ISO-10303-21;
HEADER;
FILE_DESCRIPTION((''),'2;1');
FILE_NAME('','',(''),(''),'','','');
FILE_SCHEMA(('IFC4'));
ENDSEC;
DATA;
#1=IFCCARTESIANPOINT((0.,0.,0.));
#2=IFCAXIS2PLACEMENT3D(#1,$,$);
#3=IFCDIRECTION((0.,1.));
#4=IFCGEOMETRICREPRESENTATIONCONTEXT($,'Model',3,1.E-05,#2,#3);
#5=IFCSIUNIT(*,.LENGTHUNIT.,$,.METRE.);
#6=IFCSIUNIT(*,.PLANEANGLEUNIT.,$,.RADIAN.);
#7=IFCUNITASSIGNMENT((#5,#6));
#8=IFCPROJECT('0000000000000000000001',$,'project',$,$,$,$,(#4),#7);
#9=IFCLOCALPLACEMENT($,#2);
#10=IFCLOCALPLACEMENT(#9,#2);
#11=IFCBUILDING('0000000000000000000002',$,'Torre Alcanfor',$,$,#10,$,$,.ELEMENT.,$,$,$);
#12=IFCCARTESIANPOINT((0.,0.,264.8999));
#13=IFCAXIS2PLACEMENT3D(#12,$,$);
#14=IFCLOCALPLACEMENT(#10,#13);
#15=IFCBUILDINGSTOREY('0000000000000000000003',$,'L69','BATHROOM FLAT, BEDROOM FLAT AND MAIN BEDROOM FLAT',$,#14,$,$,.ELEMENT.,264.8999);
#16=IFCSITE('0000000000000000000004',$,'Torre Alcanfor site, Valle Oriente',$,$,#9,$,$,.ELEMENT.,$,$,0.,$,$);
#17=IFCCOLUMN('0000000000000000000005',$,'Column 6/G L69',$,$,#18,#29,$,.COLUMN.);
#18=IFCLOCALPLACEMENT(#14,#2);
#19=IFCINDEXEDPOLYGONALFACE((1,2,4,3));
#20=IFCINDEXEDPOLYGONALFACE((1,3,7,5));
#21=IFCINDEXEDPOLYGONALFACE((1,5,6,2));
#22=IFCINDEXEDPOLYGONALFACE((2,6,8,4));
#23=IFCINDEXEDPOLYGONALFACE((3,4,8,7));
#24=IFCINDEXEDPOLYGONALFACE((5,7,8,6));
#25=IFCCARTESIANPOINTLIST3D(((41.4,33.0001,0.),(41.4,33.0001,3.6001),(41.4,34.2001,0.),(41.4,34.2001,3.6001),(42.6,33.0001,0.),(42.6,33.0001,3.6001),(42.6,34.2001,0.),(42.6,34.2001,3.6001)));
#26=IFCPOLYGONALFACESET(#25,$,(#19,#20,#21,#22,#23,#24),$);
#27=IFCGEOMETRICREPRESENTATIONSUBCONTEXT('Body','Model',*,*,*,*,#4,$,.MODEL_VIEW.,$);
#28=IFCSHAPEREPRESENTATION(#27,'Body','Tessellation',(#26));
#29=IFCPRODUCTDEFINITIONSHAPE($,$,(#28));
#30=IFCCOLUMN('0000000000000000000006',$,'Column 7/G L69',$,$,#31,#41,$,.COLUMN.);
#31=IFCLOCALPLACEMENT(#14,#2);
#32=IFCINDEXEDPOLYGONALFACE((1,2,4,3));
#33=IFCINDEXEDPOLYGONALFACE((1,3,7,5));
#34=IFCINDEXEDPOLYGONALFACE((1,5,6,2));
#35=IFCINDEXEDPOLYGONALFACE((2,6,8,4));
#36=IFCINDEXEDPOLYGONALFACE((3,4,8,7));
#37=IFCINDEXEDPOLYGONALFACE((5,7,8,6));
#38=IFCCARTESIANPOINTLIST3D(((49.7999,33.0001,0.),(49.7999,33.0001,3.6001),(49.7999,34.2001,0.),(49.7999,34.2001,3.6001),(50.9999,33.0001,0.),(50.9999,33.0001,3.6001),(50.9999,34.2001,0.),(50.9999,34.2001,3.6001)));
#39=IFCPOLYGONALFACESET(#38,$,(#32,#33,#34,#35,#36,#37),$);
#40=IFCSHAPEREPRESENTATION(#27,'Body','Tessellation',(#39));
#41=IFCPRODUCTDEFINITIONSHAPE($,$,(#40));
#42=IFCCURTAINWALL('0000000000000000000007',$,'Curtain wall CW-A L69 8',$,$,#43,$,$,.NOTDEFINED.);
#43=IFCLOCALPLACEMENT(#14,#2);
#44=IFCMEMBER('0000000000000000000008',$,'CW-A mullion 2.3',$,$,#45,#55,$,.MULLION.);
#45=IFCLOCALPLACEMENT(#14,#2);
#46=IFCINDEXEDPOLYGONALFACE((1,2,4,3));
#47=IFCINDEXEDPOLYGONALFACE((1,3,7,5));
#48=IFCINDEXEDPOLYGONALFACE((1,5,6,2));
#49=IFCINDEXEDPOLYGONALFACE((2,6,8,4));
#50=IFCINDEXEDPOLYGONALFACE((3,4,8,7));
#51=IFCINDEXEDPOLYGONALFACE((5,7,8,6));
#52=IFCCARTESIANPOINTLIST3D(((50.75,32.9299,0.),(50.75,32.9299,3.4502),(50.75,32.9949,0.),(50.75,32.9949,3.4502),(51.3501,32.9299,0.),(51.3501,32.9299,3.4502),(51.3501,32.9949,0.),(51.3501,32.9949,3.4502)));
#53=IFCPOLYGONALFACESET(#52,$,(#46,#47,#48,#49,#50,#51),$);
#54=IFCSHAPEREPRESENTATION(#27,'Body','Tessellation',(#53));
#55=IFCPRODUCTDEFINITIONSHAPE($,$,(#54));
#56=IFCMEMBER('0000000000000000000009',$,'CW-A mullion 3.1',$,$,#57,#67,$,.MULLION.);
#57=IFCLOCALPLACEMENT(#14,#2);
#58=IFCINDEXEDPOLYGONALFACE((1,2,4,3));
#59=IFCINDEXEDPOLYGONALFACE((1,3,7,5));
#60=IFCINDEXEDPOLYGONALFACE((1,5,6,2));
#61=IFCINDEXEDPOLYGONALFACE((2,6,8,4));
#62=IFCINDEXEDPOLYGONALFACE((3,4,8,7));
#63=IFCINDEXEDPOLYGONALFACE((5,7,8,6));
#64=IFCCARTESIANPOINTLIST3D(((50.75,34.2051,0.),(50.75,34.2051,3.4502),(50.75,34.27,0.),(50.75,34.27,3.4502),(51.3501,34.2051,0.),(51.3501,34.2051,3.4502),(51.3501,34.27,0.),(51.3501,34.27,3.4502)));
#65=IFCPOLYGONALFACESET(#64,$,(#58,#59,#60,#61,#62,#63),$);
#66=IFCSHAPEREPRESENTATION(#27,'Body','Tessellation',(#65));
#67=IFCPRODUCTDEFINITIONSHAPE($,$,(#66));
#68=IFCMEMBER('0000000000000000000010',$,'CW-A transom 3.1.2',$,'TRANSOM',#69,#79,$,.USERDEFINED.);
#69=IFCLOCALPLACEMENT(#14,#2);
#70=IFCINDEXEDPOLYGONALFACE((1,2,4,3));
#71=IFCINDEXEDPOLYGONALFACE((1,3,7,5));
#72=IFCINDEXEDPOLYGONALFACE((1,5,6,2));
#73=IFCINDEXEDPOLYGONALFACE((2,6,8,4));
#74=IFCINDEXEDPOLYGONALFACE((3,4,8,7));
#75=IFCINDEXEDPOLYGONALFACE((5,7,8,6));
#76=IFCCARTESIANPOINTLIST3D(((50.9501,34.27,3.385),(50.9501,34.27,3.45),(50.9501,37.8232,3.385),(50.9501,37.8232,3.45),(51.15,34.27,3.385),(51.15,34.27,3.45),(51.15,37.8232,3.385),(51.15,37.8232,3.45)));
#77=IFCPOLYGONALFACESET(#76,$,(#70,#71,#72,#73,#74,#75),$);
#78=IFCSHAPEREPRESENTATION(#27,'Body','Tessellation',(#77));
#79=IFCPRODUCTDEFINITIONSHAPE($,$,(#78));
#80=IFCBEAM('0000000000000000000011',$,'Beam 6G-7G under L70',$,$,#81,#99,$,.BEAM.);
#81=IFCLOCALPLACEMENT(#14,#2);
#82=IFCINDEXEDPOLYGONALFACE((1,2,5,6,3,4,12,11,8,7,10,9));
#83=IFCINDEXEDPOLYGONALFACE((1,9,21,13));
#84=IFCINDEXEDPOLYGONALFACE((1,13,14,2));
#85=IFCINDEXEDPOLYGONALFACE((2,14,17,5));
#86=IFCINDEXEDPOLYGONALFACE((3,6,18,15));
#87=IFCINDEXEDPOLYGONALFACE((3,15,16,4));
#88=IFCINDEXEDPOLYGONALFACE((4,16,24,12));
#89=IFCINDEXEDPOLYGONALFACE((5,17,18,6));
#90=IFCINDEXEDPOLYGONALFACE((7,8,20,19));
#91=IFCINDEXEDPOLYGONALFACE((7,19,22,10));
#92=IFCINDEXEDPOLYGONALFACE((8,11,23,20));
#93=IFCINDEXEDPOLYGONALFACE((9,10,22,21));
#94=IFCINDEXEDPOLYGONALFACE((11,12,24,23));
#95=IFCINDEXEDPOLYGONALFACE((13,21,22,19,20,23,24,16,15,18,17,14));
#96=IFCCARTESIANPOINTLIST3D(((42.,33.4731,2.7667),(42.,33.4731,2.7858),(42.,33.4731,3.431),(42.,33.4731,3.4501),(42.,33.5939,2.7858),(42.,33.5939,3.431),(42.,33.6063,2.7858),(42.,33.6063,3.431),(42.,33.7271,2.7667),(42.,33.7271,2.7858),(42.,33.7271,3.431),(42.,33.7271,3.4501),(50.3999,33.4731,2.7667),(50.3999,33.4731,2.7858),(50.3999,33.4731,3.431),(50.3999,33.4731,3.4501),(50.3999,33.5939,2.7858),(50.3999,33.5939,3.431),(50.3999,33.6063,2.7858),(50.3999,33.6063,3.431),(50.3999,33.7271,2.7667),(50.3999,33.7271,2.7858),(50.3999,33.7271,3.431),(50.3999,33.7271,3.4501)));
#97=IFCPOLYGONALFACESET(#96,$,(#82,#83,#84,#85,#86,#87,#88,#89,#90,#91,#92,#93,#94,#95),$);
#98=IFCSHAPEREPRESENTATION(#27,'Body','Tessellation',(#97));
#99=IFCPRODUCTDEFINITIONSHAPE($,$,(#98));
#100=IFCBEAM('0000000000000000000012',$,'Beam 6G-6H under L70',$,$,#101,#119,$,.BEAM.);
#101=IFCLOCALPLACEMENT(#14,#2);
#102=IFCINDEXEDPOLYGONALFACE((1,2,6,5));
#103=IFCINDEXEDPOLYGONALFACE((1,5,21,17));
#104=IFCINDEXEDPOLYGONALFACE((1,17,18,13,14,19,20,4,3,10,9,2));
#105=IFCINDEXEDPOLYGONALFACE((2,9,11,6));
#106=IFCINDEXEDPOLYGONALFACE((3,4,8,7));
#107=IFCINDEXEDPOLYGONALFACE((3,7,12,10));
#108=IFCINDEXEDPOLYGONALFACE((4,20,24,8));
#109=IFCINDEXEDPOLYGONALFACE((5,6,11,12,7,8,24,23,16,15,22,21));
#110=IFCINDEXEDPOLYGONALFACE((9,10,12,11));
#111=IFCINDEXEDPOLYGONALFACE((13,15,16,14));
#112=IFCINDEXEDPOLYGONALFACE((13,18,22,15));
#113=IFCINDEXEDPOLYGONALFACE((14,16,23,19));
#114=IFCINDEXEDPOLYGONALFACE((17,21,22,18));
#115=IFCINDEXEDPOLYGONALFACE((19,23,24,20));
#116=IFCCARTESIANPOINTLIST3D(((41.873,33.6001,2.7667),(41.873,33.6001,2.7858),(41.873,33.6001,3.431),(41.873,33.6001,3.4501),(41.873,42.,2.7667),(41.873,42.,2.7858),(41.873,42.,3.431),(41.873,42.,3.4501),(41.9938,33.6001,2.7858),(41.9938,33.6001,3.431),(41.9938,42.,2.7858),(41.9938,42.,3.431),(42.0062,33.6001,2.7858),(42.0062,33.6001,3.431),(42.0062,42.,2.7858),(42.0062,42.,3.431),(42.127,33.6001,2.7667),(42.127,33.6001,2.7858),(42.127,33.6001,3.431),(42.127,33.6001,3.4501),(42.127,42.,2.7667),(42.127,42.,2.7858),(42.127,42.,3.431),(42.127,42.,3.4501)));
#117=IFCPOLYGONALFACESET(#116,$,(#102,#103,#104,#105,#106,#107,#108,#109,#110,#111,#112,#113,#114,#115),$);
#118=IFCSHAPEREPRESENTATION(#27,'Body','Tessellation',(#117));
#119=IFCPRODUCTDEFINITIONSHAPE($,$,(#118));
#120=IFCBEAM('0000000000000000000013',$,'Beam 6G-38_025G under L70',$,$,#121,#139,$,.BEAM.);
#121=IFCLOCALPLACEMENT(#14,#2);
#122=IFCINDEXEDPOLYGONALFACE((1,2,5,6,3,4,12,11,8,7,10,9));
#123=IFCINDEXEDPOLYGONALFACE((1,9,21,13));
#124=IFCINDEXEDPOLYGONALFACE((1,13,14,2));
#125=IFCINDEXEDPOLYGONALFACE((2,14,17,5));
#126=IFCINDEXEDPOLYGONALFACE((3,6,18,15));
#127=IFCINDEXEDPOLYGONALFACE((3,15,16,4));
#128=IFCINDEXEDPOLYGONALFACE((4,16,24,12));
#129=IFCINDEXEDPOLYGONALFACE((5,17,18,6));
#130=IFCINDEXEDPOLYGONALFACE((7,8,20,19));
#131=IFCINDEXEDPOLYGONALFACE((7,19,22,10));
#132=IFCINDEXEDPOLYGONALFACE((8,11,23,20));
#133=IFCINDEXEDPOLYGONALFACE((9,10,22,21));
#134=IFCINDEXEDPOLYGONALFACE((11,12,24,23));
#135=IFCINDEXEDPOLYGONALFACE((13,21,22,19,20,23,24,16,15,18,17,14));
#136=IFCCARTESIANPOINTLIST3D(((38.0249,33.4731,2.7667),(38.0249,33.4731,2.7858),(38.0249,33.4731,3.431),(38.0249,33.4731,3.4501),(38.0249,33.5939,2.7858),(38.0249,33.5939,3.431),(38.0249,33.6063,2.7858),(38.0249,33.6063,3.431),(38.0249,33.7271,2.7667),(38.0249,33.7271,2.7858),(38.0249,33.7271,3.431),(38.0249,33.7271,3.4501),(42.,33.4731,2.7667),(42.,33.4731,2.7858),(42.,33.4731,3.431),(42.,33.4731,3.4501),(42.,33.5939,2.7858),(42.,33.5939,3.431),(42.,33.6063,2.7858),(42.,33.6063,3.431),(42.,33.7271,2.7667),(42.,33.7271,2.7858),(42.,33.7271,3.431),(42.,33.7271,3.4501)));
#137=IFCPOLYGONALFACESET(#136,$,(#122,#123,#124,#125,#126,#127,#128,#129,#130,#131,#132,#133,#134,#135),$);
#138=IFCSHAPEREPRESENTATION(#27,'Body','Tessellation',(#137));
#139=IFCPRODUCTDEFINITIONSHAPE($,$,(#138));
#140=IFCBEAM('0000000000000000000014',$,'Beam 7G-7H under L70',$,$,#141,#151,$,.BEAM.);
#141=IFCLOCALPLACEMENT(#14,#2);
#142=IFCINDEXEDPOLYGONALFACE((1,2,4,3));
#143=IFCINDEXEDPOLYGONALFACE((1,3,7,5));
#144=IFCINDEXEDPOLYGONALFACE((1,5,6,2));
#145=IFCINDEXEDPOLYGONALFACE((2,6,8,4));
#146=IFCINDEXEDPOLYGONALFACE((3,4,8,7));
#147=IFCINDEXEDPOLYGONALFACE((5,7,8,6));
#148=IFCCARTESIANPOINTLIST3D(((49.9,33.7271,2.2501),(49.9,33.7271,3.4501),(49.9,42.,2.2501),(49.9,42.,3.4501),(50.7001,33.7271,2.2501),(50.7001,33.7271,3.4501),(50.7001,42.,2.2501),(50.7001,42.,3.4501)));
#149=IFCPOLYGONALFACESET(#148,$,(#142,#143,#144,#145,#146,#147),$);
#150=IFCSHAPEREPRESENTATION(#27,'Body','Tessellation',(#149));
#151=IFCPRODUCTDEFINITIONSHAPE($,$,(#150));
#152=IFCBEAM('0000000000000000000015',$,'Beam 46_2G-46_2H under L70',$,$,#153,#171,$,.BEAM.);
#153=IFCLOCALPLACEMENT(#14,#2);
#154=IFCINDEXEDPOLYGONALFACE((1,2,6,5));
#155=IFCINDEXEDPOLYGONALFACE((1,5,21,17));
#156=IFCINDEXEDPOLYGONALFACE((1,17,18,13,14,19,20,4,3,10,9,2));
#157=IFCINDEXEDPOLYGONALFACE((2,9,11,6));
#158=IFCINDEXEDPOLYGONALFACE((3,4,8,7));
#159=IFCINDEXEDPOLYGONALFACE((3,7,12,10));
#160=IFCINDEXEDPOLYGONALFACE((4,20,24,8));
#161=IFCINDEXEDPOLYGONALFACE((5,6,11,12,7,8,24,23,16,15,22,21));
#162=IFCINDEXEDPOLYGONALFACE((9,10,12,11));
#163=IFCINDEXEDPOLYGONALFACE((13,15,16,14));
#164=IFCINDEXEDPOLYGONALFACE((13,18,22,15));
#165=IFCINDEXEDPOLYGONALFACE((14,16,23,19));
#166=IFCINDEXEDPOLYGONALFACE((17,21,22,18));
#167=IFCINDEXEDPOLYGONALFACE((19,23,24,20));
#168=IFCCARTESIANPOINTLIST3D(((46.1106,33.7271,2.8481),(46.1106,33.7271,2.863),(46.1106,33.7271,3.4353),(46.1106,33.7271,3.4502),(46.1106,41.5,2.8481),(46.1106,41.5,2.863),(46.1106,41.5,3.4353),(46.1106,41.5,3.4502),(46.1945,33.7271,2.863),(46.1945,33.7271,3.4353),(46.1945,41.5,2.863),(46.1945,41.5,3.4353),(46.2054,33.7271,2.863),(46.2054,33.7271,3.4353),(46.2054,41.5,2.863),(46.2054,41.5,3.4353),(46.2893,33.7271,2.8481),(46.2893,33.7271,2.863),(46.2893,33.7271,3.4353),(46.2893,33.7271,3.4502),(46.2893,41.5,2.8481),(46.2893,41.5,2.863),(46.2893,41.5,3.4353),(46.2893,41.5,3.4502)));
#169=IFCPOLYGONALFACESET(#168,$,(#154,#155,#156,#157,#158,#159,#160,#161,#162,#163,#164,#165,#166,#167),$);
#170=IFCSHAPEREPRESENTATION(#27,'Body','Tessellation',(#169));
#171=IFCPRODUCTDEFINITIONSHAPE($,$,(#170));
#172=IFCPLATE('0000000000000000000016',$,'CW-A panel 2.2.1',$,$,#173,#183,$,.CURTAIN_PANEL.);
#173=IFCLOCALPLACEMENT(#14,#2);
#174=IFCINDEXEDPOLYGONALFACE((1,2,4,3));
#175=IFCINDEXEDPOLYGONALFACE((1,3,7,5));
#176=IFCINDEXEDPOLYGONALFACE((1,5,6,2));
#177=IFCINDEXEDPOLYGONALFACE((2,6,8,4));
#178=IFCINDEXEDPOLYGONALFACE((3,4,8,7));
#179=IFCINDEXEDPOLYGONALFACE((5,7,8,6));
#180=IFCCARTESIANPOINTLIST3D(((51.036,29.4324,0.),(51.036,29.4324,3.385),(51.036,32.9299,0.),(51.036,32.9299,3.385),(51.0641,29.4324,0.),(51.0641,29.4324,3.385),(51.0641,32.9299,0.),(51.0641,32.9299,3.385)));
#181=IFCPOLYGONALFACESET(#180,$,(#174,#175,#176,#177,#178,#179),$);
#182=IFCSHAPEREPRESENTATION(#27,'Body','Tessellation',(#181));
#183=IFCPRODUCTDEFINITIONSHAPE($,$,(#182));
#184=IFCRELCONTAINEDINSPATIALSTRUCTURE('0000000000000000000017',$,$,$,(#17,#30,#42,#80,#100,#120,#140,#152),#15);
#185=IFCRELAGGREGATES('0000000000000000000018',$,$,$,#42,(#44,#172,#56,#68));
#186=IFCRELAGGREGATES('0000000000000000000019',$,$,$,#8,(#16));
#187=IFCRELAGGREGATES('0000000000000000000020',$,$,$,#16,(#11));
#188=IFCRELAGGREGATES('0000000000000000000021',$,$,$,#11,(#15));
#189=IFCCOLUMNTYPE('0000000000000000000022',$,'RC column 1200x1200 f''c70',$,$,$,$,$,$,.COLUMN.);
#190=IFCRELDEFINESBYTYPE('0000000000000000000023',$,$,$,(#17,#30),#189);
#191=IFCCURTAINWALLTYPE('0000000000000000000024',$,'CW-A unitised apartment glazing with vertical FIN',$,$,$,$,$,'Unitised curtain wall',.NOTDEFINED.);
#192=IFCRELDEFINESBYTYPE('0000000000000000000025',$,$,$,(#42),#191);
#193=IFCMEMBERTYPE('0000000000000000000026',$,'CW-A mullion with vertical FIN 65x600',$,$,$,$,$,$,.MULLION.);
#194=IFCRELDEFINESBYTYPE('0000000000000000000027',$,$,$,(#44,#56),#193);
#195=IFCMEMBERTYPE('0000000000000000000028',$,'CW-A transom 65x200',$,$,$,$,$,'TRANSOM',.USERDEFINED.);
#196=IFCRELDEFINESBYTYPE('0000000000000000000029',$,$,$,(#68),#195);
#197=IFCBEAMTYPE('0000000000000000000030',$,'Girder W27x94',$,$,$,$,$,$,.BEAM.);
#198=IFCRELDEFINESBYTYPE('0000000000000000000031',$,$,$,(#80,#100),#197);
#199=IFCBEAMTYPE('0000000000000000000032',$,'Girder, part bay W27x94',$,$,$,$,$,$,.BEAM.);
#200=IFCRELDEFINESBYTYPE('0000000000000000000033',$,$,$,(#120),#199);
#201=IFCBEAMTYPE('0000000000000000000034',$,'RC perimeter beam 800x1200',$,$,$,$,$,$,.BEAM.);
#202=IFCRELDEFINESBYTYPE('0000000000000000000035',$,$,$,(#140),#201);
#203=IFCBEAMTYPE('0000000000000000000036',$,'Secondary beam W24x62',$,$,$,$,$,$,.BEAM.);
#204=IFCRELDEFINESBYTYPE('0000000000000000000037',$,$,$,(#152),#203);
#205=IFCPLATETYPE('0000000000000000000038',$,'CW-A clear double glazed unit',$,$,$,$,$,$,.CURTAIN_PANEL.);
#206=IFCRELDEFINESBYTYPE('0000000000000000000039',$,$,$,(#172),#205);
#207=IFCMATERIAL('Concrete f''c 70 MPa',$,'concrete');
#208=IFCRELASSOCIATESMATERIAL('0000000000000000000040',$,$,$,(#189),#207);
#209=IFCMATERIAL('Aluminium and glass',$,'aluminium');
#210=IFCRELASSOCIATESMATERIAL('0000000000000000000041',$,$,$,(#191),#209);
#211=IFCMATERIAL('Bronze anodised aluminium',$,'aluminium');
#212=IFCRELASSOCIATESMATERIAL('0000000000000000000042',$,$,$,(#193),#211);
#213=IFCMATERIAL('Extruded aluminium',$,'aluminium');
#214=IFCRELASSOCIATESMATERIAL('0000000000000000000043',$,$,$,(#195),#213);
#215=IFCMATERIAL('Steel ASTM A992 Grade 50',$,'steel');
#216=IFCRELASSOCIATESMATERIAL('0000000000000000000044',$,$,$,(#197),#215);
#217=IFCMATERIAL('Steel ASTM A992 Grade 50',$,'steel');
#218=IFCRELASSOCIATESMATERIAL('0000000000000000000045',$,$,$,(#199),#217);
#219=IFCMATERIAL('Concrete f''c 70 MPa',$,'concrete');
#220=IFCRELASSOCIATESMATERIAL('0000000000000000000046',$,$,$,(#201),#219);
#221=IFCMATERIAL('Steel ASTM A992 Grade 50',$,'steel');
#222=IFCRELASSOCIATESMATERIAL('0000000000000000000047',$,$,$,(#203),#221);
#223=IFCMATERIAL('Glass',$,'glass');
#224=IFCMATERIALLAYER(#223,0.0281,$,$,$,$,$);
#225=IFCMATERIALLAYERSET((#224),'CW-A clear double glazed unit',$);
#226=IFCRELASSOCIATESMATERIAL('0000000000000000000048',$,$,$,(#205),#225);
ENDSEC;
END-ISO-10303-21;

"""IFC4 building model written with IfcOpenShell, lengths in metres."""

from ifc_helpers import new_model, si_unit, direction, frame, origin, origin_2d, place, context, subcontext, project, spatial, rectangle, i_section, extrude, material, layer, layer_set, material_profile, profile_set, type_object, element, aggregate, save


model = new_model("IFC4")

# Units and contexts
model_context = context("Model", 3, precision=1e-05, world=origin(), true_north=direction((0.0, 1.0)))
body_context = subcontext(model_context, "Body", "Model", "MODEL_VIEW")
ifc_project = project(units=[si_unit("LENGTHUNIT", "METRE"), si_unit("PLANEANGLEUNIT", "RADIAN")], contexts=[model_context])

# Site, building, storey
site_placement = place(None, origin())
site = spatial("IfcSite", under=ifc_project, at=site_placement, Name="Torre Alcanfor site, Valle Oriente", CompositionType="ELEMENT", RefElevation=0.0)
building_placement = place(site_placement, origin())
building = spatial("IfcBuilding", under=site, at=building_placement, Name="Torre Alcanfor", CompositionType="ELEMENT")
storey_placement = place(building_placement, frame((0.0, 0.0, 264.8999)))
storey = spatial("IfcBuildingStorey", under=building, at=storey_placement, Name="L69", Description="BATHROOM FLAT, BEDROOM FLAT AND MAIN BEDROOM FLAT", CompositionType="ELEMENT", Elevation=264.8999)

# Columns
ifc_material_1 = material(Name="Concrete f'c 70 MPa", Category="concrete")
ifc_material_profile_1 = material_profile(ifc_material_1, rectangle(XDim=1.2, YDim=1.2, at=origin_2d()), Name="1200x1200")
ifc_profile_set_1 = profile_set([ifc_material_profile_1], Name="Concrete f'c 70 MPa")
column_type = type_object("IfcColumnType", Name="RC column 1200x1200 f'c70", PredefinedType="COLUMN", material=ifc_profile_set_1)
for number, where, z_axis, x_axis, name in (
    (1, (42.0, 33.6001, 0.0), (0.0, 0.0, 1.0), (1.0, 0.0, 0.0), "Column 6/G L69"),
    (2, (50.3999, 33.6001, 0.0), (0.0, 0.0, 1.0), (1.0, 0.0, 0.0), "Column 7/G L69"),
):
    element("IfcColumn", number, at=place(storey_placement, frame(where, z_axis=z_axis, x_axis=x_axis)), inside=storey, type_object=column_type, Name=name, PredefinedType="COLUMN", context=body_context, shape_type="SweptSolid", body=[
        extrude(rectangle(XDim=1.2, YDim=1.2, at=origin_2d()), origin(), (0.0, 0.0, 1.0), 3.6001),
    ])

# Curtain wall, members
ifc_material_2 = material(Name="Aluminium and glass", Category="aluminium")
curtain_wall_type = type_object("IfcCurtainWallType", Name="CW-A unitised apartment glazing with vertical FIN", ElementType="Unitised curtain wall", PredefinedType="NOTDEFINED", material=ifc_material_2)
curtain_wall_placement = place(storey_placement, origin())
curtain_wall = element("IfcCurtainWall", 3, at=curtain_wall_placement, inside=storey, type_object=curtain_wall_type, Name="Curtain wall CW-A L69 8", PredefinedType="NOTDEFINED")
ifc_material_3 = material(Name="Bronze anodised aluminium", Category="aluminium")
ifc_material_profile_2 = material_profile(ifc_material_3, rectangle(XDim=0.6001, YDim=0.0649, at=origin_2d()), Name="CW-A mullion 65x600")
ifc_profile_set_2 = profile_set([ifc_material_profile_2], Name="Bronze anodised aluminium")
member_type_1 = type_object("IfcMemberType", Name="CW-A mullion with vertical FIN 65x600", PredefinedType="MULLION", material=ifc_profile_set_2)
member_1_placement = place(storey_placement, frame((51.05, 32.9624, 0.0), z_axis=(0.0, 0.0, 1.0), x_axis=(-1.0, 0.0, 0.0)))
member_1 = element("IfcMember", 4, at=member_1_placement, type_object=member_type_1, Name="CW-A mullion 2.3", PredefinedType="MULLION", context=body_context, shape_type="SweptSolid", body=[
    extrude(rectangle(XDim=0.6001, YDim=0.0649, at=origin_2d()), origin(), (0.0, 0.0, 1.0), 3.4502),
])
member_2_placement = place(storey_placement, frame((51.05, 34.2375, 0.0), z_axis=(0.0, 0.0, 1.0), x_axis=(-1.0, 0.0, 0.0)))
member_2 = element("IfcMember", 5, at=member_2_placement, type_object=member_type_1, Name="CW-A mullion 3.1", PredefinedType="MULLION", context=body_context, shape_type="SweptSolid", body=[
    extrude(rectangle(XDim=0.6001, YDim=0.0649, at=origin_2d()), origin(), (0.0, 0.0, 1.0), 3.4502),
])
ifc_material_4 = material(Name="Extruded aluminium", Category="aluminium")
ifc_material_profile_3 = material_profile(ifc_material_4, rectangle(XDim=0.2, YDim=0.0649, at=origin_2d()), Name="CW-A transom 200x65")
ifc_profile_set_3 = profile_set([ifc_material_profile_3], Name="Extruded aluminium")
member_type_2 = type_object("IfcMemberType", Name="CW-A transom 65x200", ElementType="TRANSOM", PredefinedType="USERDEFINED", material=ifc_profile_set_3)
member_3_placement = place(storey_placement, frame((51.05, 34.27, 3.4175), z_axis=(0.0, 1.0, 0.0), x_axis=(-1.0, 0.0, 0.0)))
member_3 = element("IfcMember", 6, at=member_3_placement, type_object=member_type_2, Name="CW-A transom 3.1.2", ObjectType="TRANSOM", PredefinedType="USERDEFINED", context=body_context, shape_type="SweptSolid", body=[
    extrude(rectangle(XDim=0.2, YDim=0.0649, at=origin_2d()), origin(), (0.0, 0.0, 1.0), 3.5532),
])

# Beams
ifc_material_5 = material(Name="Steel ASTM A992 Grade 50", Category="steel")
ifc_material_profile_4 = material_profile(ifc_material_5, i_section(OverallWidth=0.2539, OverallDepth=0.6833, WebThickness=0.0125, FlangeThickness=0.019, at=origin_2d()), Name="W27x94")
ifc_profile_set_4 = profile_set([ifc_material_profile_4], Name="Steel ASTM A992 Grade 50")
beam_type_1 = type_object("IfcBeamType", Name="Girder W27x94", PredefinedType="BEAM", material=ifc_profile_set_4)
for number, where, z_axis, x_axis, name in (
    (7, (42.0, 33.6001, 3.1084), (1.0, 0.0, 0.0), (0.0, 1.0, 0.0), "Beam 6G-7G under L70"),
    (8, (42.0, 33.6001, 3.1084), (0.0, 1.0, 0.0), (-1.0, 0.0, 0.0), "Beam 6G-6H under L70"),
):
    element("IfcBeam", number, at=place(storey_placement, frame(where, z_axis=z_axis, x_axis=x_axis)), inside=storey, type_object=beam_type_1, Name=name, PredefinedType="BEAM", context=body_context, shape_type="SweptSolid", body=[
        extrude(i_section(OverallWidth=0.2539, OverallDepth=0.6833, WebThickness=0.0125, FlangeThickness=0.019, at=origin_2d()), origin(), (0.0, 0.0, 1.0), 8.3999),
    ])
ifc_material_6 = material(Name="Steel ASTM A992 Grade 50", Category="steel")
ifc_material_profile_5 = material_profile(ifc_material_6, i_section(OverallWidth=0.2539, OverallDepth=0.6833, WebThickness=0.0125, FlangeThickness=0.019, at=origin_2d()), Name="W27x94")
ifc_profile_set_5 = profile_set([ifc_material_profile_5], Name="Steel ASTM A992 Grade 50")
beam_type_2 = type_object("IfcBeamType", Name="Girder, part bay W27x94", PredefinedType="BEAM", material=ifc_profile_set_5)
beam_1_placement = place(storey_placement, frame((42.0, 33.6001, 3.1084), z_axis=(-1.0, 0.0, 0.0), x_axis=(0.0, -1.0, 0.0)))
element("IfcBeam", 9, at=beam_1_placement, inside=storey, type_object=beam_type_2, Name="Beam 6G-38_025G under L70", PredefinedType="BEAM", context=body_context, shape_type="SweptSolid", body=[
    extrude(i_section(OverallWidth=0.2539, OverallDepth=0.6833, WebThickness=0.0125, FlangeThickness=0.019, at=origin_2d()), origin(), (0.0, 0.0, 1.0), 3.9751),
])
ifc_material_7 = material(Name="Concrete f'c 70 MPa", Category="concrete")
ifc_material_profile_6 = material_profile(ifc_material_7, rectangle(XDim=0.8, YDim=1.2, at=origin_2d()), Name="800x1200")
ifc_profile_set_6 = profile_set([ifc_material_profile_6], Name="Concrete f'c 70 MPa")
beam_type_3 = type_object("IfcBeamType", Name="RC perimeter beam 800x1200", PredefinedType="BEAM", material=ifc_profile_set_6)
beam_2_placement = place(storey_placement, frame((50.3, 33.7271, 2.8501), z_axis=(0.0, 1.0, 0.0), x_axis=(-1.0, 0.0, 0.0)))
element("IfcBeam", 10, at=beam_2_placement, inside=storey, type_object=beam_type_3, Name="Beam 7G-7H under L70", PredefinedType="BEAM", context=body_context, shape_type="SweptSolid", body=[
    extrude(rectangle(XDim=0.8, YDim=1.2, at=origin_2d()), origin(), (0.0, 0.0, 1.0), 8.2729),
])
ifc_material_8 = material(Name="Steel ASTM A992 Grade 50", Category="steel")
ifc_material_profile_7 = material_profile(ifc_material_8, i_section(OverallWidth=0.1787, OverallDepth=0.6021, WebThickness=0.011, FlangeThickness=0.0149, at=origin_2d()), Name="W24x62")
ifc_profile_set_7 = profile_set([ifc_material_profile_7], Name="Steel ASTM A992 Grade 50")
beam_type_4 = type_object("IfcBeamType", Name="Secondary beam W24x62", PredefinedType="BEAM", material=ifc_profile_set_7)
beam_3_placement = place(storey_placement, frame((46.2, 33.7271, 3.1492), z_axis=(0.0, 1.0, 0.0), x_axis=(-1.0, 0.0, 0.0)))
element("IfcBeam", 11, at=beam_3_placement, inside=storey, type_object=beam_type_4, Name="Beam 46_2G-46_2H under L70", PredefinedType="BEAM", context=body_context, shape_type="SweptSolid", body=[
    extrude(i_section(OverallWidth=0.1787, OverallDepth=0.6021, WebThickness=0.011, FlangeThickness=0.0149, at=origin_2d()), origin(), (0.0, 0.0, 1.0), 7.7729),
])

# Plate
ifc_material_9 = material(Name="Glass", Category="glass")
ifc_layer_1 = layer(ifc_material_9, 0.0281)
ifc_layer_set_1 = layer_set([ifc_layer_1], Name="CW-A clear double glazed unit")
plate_type = type_object("IfcPlateType", Name="CW-A clear double glazed unit", PredefinedType="CURTAIN_PANEL", material=ifc_layer_set_1)
plate_placement = place(storey_placement, frame((51.05, 31.1812, 0.0), z_axis=(0.0, 0.0, 1.0), x_axis=(0.0, 1.0, 0.0)))
plate = element("IfcPlate", 12, at=plate_placement, type_object=plate_type, Name="CW-A panel 2.2.1", PredefinedType="CURTAIN_PANEL", context=body_context, shape_type="SweptSolid", body=[
    extrude(rectangle(XDim=3.4976, YDim=0.0281, at=origin_2d()), origin(), (0.0, 0.0, 1.0), 3.385),
])
aggregate(curtain_wall, [member_1, plate, member_2, member_3])

save(model, "model.ifc")
